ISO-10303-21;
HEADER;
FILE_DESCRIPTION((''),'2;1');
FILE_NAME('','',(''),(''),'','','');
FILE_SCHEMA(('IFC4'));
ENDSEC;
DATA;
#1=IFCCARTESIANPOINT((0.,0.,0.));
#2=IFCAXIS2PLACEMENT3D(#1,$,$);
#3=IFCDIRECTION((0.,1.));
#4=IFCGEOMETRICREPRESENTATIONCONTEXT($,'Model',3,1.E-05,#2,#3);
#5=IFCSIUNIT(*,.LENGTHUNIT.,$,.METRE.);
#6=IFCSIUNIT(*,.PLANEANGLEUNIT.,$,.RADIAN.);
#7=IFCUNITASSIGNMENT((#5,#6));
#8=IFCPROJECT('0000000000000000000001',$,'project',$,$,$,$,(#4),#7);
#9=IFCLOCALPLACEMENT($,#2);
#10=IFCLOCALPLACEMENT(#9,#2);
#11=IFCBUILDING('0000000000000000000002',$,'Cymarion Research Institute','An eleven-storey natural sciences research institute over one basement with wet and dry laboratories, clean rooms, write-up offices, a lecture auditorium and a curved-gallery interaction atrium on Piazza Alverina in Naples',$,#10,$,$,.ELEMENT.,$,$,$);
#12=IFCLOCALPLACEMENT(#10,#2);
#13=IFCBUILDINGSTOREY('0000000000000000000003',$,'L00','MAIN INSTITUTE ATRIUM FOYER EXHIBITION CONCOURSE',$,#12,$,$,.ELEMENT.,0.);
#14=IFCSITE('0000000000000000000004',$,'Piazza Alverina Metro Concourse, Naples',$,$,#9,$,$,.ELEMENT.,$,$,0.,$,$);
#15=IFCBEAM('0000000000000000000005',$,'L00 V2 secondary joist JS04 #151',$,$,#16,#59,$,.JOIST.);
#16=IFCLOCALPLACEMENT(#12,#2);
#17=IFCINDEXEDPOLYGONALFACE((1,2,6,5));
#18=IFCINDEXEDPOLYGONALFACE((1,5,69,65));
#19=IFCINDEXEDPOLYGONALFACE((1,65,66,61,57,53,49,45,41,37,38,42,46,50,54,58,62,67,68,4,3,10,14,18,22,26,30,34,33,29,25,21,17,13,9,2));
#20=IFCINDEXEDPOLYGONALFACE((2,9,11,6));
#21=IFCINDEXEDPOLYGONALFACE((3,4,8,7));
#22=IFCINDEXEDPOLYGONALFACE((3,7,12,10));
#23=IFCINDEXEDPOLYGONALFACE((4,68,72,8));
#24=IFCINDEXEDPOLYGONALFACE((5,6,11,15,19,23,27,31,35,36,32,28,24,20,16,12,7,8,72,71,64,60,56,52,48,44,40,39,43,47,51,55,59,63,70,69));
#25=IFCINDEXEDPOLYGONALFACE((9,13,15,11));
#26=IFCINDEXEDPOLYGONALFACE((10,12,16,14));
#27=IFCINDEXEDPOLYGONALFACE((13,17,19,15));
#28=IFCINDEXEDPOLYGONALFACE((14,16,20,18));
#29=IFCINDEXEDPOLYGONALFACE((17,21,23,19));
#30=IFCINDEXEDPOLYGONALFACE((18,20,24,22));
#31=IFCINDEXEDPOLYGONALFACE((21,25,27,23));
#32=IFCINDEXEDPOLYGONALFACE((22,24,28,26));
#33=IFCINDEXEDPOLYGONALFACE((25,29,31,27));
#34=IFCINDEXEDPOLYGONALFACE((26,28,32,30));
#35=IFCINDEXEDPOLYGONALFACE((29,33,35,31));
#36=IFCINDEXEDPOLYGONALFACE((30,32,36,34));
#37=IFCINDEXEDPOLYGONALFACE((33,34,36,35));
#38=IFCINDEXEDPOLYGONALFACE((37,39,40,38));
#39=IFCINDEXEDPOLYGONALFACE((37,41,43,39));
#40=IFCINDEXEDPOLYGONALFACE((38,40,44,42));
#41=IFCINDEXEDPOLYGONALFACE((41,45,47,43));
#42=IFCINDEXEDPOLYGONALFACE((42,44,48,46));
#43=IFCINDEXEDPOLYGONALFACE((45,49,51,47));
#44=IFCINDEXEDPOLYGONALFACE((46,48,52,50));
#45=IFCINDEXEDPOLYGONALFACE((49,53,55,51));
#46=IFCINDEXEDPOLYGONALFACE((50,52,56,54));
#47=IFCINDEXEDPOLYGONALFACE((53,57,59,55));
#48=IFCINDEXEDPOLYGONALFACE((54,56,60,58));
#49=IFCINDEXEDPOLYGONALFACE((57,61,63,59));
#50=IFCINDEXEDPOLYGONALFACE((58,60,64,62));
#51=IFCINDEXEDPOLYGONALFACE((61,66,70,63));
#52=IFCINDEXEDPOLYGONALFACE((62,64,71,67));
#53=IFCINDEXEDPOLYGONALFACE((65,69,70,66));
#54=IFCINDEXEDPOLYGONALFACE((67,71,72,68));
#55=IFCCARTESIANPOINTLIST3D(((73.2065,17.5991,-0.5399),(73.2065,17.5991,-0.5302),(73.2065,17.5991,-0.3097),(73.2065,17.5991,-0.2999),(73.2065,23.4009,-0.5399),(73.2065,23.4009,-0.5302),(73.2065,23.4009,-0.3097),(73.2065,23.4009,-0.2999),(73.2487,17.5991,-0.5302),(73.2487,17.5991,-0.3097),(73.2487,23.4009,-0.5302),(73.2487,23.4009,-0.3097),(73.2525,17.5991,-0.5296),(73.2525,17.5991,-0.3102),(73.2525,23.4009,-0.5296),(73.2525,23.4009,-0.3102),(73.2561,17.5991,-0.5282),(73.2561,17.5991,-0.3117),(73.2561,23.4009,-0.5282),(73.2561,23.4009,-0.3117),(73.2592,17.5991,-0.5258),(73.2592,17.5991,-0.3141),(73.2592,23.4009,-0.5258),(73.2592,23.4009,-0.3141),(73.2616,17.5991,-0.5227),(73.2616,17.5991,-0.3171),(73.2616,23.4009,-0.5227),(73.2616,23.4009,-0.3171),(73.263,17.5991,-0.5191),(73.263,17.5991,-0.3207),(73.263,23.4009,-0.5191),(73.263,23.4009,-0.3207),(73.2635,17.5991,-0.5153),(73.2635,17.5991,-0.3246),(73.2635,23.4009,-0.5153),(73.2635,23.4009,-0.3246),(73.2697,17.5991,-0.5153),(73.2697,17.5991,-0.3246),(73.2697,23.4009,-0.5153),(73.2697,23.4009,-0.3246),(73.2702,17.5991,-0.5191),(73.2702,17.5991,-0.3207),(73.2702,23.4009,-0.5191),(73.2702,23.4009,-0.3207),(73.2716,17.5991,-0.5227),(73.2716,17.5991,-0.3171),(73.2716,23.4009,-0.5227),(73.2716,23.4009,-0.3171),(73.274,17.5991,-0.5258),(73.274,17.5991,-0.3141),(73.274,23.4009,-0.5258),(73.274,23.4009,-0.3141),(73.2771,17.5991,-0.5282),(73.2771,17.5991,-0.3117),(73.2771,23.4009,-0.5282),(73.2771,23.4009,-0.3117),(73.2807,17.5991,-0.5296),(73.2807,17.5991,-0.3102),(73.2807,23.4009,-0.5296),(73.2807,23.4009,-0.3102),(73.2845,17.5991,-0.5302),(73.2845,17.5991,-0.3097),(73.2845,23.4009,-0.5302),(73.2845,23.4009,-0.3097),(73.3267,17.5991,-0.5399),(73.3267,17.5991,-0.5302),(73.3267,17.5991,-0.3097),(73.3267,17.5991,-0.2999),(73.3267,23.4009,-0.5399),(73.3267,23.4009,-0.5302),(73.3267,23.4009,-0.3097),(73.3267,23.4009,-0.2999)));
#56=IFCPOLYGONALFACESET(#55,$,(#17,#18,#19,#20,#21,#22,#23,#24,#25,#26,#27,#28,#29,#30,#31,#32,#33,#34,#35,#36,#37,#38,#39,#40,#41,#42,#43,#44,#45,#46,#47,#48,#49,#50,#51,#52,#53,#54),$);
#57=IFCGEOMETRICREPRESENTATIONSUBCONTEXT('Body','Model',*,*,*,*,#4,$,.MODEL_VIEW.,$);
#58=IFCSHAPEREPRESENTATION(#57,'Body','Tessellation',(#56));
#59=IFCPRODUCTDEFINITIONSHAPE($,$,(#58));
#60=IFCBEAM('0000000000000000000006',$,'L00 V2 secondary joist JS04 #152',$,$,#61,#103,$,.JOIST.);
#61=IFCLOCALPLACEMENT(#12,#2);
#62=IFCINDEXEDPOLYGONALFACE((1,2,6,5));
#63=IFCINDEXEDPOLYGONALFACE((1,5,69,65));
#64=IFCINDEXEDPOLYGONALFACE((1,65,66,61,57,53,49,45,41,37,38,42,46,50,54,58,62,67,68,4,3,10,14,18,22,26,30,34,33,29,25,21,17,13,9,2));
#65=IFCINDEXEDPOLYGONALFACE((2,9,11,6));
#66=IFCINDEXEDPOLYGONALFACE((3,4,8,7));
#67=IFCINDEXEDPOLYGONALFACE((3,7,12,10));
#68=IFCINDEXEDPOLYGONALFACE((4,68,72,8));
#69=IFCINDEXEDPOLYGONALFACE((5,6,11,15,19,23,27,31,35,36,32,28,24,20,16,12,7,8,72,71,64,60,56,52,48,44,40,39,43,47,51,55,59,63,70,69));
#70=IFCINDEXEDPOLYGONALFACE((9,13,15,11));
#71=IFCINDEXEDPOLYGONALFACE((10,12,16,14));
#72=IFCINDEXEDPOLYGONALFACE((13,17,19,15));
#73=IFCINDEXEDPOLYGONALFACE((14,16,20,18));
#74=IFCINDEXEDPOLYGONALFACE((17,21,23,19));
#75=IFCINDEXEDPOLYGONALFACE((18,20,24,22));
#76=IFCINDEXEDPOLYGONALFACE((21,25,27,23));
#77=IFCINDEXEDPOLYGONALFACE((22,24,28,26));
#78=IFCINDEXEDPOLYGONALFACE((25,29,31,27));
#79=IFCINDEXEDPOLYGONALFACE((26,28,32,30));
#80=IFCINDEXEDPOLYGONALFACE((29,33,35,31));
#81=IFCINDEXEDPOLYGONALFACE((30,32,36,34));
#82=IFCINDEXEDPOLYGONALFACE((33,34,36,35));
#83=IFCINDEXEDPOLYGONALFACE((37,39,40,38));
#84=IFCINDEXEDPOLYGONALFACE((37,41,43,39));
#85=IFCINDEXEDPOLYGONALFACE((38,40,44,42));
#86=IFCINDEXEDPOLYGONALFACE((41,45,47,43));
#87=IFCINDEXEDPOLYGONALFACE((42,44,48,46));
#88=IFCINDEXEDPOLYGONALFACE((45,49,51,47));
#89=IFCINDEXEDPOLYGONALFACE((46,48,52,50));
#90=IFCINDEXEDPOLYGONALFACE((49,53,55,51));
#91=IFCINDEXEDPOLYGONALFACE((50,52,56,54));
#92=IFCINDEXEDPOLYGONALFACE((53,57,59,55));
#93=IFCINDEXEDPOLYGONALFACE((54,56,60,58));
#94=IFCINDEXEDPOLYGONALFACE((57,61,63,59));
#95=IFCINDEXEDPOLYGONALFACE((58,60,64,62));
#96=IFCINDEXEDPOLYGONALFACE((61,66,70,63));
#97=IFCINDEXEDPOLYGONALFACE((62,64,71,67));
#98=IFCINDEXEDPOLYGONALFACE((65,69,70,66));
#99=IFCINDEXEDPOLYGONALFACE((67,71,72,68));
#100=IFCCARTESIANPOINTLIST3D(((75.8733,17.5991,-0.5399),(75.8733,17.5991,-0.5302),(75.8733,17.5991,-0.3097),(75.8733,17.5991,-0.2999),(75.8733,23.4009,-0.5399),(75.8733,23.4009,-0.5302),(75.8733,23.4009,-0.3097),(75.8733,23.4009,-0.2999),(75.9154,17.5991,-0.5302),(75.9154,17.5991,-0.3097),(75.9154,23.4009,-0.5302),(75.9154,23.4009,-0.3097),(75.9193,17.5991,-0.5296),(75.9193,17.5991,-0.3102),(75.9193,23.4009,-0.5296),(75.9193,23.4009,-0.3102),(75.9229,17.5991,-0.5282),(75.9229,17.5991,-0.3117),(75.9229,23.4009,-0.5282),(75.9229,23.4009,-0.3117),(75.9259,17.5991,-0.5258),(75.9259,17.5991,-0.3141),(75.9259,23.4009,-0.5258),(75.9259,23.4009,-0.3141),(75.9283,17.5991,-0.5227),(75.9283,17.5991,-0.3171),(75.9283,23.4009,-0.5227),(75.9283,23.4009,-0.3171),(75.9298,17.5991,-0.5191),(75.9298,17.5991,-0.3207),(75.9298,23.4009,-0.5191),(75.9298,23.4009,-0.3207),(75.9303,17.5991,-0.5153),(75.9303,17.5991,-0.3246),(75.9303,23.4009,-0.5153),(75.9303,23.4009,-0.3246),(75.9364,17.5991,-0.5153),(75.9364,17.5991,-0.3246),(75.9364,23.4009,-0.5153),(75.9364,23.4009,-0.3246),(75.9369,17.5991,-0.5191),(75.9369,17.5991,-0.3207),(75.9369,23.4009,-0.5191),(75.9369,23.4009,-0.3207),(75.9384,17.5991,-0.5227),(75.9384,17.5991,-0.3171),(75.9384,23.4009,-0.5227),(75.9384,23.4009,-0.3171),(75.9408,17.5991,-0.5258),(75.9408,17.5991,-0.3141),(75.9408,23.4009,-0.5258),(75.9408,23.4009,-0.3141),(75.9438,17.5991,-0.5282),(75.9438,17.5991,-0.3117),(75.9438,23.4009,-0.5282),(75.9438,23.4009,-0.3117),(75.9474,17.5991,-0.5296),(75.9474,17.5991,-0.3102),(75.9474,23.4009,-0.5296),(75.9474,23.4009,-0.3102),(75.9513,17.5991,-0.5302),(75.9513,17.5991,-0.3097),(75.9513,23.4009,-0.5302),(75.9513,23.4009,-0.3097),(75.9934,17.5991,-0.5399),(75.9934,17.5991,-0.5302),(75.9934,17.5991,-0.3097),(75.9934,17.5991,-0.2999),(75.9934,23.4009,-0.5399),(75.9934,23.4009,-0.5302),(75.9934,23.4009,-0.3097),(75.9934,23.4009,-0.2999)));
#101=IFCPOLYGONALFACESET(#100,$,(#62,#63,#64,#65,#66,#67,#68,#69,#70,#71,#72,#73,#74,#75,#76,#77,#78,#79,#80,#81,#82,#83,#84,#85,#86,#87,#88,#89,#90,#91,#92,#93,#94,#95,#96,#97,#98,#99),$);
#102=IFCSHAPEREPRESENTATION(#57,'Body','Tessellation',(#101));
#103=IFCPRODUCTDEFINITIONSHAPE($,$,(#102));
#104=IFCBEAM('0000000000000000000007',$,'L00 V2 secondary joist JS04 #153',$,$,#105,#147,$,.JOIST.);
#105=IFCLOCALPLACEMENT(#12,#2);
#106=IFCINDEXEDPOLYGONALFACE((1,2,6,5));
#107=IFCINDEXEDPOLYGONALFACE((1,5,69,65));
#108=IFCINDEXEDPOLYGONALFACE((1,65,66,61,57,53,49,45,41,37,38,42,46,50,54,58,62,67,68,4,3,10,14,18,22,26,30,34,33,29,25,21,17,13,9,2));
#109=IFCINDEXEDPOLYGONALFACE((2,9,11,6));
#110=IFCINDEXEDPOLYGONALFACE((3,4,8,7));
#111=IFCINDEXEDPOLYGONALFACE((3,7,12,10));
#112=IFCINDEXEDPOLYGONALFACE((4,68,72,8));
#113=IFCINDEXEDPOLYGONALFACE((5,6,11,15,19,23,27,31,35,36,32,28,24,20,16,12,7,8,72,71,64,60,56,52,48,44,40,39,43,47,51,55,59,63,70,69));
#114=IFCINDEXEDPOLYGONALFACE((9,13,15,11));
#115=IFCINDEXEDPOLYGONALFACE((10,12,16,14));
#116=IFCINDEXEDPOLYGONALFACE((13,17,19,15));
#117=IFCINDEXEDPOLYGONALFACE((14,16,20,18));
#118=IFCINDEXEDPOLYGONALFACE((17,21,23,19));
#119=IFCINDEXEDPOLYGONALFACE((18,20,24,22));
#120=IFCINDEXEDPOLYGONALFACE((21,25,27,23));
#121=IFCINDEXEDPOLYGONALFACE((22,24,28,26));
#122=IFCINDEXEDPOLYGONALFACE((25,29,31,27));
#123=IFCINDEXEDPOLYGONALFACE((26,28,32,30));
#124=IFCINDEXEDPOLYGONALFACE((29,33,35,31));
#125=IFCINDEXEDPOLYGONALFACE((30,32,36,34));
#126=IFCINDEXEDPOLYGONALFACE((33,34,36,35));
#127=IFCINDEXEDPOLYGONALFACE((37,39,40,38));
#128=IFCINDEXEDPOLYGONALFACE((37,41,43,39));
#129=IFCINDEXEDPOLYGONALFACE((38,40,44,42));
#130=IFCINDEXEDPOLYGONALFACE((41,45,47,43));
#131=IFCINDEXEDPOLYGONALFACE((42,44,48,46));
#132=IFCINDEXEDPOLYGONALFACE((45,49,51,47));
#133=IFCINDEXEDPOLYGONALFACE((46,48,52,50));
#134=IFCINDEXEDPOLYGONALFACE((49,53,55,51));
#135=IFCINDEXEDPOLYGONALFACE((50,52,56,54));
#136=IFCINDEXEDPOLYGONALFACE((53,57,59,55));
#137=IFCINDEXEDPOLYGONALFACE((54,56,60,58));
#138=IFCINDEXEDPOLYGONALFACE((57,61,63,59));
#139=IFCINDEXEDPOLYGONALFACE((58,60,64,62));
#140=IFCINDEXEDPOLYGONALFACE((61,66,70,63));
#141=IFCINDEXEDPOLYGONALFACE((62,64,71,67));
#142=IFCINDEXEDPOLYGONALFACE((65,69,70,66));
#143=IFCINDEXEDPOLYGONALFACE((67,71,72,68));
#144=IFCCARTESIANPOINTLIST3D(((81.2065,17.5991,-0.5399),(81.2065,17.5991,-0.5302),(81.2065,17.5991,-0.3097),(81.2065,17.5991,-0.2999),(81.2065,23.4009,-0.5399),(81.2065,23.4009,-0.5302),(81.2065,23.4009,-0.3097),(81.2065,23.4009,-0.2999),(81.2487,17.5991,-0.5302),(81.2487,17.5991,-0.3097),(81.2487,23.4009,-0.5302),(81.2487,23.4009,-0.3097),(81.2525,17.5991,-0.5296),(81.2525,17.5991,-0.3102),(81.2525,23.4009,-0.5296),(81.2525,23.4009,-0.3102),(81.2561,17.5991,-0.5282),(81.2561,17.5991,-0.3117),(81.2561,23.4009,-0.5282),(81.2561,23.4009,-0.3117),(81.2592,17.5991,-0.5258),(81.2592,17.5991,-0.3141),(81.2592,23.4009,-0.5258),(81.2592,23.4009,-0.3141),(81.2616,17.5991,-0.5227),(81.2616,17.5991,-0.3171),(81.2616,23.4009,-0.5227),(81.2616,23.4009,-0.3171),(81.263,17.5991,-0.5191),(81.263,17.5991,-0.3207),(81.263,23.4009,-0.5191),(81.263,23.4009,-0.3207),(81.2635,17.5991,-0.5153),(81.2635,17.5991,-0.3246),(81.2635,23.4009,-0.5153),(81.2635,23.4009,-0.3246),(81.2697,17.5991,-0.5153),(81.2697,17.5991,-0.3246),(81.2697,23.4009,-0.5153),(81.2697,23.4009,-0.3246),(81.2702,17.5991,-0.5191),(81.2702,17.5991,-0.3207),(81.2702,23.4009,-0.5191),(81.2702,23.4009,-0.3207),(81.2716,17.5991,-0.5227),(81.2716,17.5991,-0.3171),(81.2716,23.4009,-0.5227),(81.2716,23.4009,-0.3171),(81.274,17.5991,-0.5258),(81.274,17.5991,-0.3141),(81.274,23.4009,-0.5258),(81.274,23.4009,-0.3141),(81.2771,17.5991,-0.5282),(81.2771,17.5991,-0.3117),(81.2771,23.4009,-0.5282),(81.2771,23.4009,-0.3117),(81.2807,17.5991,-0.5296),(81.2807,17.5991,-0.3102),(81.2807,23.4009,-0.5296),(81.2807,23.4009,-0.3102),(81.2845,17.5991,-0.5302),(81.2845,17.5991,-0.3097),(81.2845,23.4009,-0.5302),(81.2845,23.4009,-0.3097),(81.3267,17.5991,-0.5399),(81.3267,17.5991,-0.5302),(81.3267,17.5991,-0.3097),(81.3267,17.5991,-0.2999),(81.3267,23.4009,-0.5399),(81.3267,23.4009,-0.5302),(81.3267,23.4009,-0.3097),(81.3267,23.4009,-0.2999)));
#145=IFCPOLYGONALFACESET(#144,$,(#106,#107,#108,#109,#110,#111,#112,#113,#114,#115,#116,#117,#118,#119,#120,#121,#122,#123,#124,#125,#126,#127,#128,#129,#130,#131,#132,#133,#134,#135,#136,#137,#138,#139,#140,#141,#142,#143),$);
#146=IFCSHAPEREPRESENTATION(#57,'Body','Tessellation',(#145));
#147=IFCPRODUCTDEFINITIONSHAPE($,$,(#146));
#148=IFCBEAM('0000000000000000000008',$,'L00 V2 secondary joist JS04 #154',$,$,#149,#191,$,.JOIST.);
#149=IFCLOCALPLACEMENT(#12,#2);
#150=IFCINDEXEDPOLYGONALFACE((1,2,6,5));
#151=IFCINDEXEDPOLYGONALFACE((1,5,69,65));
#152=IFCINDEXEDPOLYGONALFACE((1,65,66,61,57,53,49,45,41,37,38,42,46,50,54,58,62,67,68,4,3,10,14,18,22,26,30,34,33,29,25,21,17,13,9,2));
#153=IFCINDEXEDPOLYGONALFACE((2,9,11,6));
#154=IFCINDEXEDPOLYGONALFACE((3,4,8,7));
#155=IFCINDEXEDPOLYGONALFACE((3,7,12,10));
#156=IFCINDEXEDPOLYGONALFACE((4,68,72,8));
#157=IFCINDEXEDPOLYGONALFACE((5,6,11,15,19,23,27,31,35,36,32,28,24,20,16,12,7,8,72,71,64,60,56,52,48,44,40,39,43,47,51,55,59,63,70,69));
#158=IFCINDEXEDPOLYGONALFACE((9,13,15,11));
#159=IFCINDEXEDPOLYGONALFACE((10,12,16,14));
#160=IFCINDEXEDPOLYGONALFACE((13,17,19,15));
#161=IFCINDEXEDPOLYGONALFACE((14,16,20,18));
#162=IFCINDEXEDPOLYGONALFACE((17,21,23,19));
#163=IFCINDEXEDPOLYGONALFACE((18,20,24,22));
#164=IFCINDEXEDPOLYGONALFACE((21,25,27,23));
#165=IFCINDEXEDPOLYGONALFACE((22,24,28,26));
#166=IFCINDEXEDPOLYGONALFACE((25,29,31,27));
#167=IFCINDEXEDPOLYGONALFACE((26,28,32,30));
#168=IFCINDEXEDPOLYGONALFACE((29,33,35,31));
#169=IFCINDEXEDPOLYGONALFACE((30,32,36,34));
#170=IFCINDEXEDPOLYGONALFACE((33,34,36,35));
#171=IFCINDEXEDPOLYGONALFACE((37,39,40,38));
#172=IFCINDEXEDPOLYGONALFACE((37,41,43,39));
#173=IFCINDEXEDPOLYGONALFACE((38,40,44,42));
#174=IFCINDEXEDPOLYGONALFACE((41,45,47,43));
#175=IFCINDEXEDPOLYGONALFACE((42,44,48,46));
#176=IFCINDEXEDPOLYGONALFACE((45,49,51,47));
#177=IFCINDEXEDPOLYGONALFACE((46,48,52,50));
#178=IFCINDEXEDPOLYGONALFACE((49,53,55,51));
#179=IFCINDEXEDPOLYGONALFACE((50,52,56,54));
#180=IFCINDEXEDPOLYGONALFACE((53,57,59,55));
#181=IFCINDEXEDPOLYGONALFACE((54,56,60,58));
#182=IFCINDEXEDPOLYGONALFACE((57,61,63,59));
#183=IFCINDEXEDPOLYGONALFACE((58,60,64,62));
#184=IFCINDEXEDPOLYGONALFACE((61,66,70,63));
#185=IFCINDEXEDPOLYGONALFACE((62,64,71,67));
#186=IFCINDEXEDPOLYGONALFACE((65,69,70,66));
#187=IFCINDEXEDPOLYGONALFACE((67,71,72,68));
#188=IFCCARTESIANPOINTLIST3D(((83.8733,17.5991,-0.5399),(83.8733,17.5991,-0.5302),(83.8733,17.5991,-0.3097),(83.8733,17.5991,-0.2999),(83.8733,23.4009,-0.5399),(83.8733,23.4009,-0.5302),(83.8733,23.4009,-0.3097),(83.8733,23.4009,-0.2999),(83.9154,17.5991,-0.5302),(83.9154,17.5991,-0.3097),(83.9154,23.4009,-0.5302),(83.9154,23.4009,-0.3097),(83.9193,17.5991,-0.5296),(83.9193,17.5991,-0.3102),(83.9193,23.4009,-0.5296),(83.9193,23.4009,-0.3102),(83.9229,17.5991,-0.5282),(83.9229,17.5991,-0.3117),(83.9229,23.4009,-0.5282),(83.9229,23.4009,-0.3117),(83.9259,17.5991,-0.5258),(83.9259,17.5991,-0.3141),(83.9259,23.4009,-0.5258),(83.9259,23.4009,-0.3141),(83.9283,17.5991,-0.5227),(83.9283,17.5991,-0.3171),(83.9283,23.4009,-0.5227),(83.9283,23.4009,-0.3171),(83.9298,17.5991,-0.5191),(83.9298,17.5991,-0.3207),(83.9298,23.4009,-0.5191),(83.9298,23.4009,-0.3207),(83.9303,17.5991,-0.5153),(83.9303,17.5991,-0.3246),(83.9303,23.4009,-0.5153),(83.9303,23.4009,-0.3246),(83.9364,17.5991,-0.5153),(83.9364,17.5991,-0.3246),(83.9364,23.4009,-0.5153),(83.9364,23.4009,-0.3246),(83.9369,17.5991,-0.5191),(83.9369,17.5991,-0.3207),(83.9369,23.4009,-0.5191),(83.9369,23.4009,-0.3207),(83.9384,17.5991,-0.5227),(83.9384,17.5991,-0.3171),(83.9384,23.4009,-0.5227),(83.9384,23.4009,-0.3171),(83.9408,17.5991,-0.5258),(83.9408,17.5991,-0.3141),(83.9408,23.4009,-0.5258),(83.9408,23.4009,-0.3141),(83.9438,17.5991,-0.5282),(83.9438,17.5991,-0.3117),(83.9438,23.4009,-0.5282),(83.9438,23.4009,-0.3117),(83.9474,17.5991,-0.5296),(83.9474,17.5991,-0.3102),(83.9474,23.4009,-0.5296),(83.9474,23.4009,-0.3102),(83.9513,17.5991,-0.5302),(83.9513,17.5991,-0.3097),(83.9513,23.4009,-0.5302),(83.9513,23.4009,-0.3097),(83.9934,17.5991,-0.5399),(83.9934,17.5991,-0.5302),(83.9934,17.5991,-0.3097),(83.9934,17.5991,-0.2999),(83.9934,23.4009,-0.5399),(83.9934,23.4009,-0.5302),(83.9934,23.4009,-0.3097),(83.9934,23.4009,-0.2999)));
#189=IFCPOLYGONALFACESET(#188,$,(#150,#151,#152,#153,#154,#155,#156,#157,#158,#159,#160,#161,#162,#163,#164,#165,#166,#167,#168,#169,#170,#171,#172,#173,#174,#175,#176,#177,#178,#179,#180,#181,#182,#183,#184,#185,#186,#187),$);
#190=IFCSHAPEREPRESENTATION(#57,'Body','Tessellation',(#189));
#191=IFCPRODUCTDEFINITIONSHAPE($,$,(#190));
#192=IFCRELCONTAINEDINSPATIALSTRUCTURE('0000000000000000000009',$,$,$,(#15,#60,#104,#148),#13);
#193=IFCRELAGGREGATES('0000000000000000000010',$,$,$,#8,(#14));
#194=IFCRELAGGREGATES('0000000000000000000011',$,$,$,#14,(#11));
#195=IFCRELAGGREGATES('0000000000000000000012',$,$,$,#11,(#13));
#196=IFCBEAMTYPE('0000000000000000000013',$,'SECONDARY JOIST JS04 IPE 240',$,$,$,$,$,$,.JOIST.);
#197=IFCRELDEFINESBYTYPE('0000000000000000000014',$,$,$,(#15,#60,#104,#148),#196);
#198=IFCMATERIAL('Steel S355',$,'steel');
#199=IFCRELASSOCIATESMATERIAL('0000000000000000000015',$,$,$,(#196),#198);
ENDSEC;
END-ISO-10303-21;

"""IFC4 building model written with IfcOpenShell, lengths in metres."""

from ifc_helpers import new_model, si_unit, direction, frame, origin, origin_2d, place, context, subcontext, project, spatial, i_section, extrude, material, material_profile, profile_set, type_object, element, save


model = new_model("IFC4")

# Units and contexts
model_context = context("Model", 3, precision=1e-05, world=origin(), true_north=direction((0.0, 1.0)))
body_context = subcontext(model_context, "Body", "Model", "MODEL_VIEW")
ifc_project = project(units=[si_unit("LENGTHUNIT", "METRE"), si_unit("PLANEANGLEUNIT", "RADIAN")], contexts=[model_context])

# Site, building, storey
site_placement = place(None, origin())
site = spatial("IfcSite", under=ifc_project, at=site_placement, Name="Piazza Alverina Metro Concourse, Naples", CompositionType="ELEMENT", RefElevation=0.0)
building_placement = place(site_placement, origin())
building = spatial("IfcBuilding", under=site, at=building_placement, Name="Cymarion Research Institute", Description="An eleven-storey natural sciences research institute over one basement with wet and dry laboratories, clean rooms, write-up offices, a lecture auditorium and a curved-gallery interaction atrium on Piazza Alverina in Naples", CompositionType="ELEMENT")
storey_placement = place(building_placement, origin())
storey = spatial("IfcBuildingStorey", under=building, at=storey_placement, Name="L00", Description="MAIN INSTITUTE ATRIUM FOYER EXHIBITION CONCOURSE", CompositionType="ELEMENT", Elevation=0.0)

# Beams
ifc_material = material(Name="Steel S355", Category="steel")
ifc_material_profile_1 = material_profile(ifc_material, i_section(OverallWidth=0.1201, OverallDepth=0.24, WebThickness=0.0061, FlangeThickness=0.0098, FilletRadius=0.0149, at=origin_2d()), Name="IPE 240")
ifc_profile_set_1 = profile_set([ifc_material_profile_1], Name="Steel S355")
beam_type_1 = type_object("IfcBeamType", Name="SECONDARY JOIST JS04 IPE 240", PredefinedType="JOIST", material=ifc_profile_set_1)
for number, where, z_axis, x_axis, name in (
    (1, (73.2666, 17.5991, -0.4199), (0.0, 1.0, 0.0), (-1.0, 0.0, 0.0), "L00 V2 secondary joist JS04 #151"),
    (2, (75.9333, 17.5991, -0.4199), (0.0, 1.0, 0.0), (-1.0, 0.0, 0.0), "L00 V2 secondary joist JS04 #152"),
    (3, (81.2666, 17.5991, -0.4199), (0.0, 1.0, 0.0), (-1.0, 0.0, 0.0), "L00 V2 secondary joist JS04 #153"),
    (4, (83.9333, 17.5991, -0.4199), (0.0, 1.0, 0.0), (-1.0, 0.0, 0.0), "L00 V2 secondary joist JS04 #154"),
):
    element("IfcBeam", number, at=place(storey_placement, frame(where, z_axis=z_axis, x_axis=x_axis)), inside=storey, type_object=beam_type_1, Name=name, PredefinedType="JOIST", context=body_context, shape_type="SweptSolid", body=[
        extrude(i_section(OverallWidth=0.1201, OverallDepth=0.24, WebThickness=0.0061, FlangeThickness=0.0098, FilletRadius=0.0149, at=origin_2d()), origin(), (0.0, 0.0, 1.0), 5.8018),
    ])

save(model, "model.ifc")
